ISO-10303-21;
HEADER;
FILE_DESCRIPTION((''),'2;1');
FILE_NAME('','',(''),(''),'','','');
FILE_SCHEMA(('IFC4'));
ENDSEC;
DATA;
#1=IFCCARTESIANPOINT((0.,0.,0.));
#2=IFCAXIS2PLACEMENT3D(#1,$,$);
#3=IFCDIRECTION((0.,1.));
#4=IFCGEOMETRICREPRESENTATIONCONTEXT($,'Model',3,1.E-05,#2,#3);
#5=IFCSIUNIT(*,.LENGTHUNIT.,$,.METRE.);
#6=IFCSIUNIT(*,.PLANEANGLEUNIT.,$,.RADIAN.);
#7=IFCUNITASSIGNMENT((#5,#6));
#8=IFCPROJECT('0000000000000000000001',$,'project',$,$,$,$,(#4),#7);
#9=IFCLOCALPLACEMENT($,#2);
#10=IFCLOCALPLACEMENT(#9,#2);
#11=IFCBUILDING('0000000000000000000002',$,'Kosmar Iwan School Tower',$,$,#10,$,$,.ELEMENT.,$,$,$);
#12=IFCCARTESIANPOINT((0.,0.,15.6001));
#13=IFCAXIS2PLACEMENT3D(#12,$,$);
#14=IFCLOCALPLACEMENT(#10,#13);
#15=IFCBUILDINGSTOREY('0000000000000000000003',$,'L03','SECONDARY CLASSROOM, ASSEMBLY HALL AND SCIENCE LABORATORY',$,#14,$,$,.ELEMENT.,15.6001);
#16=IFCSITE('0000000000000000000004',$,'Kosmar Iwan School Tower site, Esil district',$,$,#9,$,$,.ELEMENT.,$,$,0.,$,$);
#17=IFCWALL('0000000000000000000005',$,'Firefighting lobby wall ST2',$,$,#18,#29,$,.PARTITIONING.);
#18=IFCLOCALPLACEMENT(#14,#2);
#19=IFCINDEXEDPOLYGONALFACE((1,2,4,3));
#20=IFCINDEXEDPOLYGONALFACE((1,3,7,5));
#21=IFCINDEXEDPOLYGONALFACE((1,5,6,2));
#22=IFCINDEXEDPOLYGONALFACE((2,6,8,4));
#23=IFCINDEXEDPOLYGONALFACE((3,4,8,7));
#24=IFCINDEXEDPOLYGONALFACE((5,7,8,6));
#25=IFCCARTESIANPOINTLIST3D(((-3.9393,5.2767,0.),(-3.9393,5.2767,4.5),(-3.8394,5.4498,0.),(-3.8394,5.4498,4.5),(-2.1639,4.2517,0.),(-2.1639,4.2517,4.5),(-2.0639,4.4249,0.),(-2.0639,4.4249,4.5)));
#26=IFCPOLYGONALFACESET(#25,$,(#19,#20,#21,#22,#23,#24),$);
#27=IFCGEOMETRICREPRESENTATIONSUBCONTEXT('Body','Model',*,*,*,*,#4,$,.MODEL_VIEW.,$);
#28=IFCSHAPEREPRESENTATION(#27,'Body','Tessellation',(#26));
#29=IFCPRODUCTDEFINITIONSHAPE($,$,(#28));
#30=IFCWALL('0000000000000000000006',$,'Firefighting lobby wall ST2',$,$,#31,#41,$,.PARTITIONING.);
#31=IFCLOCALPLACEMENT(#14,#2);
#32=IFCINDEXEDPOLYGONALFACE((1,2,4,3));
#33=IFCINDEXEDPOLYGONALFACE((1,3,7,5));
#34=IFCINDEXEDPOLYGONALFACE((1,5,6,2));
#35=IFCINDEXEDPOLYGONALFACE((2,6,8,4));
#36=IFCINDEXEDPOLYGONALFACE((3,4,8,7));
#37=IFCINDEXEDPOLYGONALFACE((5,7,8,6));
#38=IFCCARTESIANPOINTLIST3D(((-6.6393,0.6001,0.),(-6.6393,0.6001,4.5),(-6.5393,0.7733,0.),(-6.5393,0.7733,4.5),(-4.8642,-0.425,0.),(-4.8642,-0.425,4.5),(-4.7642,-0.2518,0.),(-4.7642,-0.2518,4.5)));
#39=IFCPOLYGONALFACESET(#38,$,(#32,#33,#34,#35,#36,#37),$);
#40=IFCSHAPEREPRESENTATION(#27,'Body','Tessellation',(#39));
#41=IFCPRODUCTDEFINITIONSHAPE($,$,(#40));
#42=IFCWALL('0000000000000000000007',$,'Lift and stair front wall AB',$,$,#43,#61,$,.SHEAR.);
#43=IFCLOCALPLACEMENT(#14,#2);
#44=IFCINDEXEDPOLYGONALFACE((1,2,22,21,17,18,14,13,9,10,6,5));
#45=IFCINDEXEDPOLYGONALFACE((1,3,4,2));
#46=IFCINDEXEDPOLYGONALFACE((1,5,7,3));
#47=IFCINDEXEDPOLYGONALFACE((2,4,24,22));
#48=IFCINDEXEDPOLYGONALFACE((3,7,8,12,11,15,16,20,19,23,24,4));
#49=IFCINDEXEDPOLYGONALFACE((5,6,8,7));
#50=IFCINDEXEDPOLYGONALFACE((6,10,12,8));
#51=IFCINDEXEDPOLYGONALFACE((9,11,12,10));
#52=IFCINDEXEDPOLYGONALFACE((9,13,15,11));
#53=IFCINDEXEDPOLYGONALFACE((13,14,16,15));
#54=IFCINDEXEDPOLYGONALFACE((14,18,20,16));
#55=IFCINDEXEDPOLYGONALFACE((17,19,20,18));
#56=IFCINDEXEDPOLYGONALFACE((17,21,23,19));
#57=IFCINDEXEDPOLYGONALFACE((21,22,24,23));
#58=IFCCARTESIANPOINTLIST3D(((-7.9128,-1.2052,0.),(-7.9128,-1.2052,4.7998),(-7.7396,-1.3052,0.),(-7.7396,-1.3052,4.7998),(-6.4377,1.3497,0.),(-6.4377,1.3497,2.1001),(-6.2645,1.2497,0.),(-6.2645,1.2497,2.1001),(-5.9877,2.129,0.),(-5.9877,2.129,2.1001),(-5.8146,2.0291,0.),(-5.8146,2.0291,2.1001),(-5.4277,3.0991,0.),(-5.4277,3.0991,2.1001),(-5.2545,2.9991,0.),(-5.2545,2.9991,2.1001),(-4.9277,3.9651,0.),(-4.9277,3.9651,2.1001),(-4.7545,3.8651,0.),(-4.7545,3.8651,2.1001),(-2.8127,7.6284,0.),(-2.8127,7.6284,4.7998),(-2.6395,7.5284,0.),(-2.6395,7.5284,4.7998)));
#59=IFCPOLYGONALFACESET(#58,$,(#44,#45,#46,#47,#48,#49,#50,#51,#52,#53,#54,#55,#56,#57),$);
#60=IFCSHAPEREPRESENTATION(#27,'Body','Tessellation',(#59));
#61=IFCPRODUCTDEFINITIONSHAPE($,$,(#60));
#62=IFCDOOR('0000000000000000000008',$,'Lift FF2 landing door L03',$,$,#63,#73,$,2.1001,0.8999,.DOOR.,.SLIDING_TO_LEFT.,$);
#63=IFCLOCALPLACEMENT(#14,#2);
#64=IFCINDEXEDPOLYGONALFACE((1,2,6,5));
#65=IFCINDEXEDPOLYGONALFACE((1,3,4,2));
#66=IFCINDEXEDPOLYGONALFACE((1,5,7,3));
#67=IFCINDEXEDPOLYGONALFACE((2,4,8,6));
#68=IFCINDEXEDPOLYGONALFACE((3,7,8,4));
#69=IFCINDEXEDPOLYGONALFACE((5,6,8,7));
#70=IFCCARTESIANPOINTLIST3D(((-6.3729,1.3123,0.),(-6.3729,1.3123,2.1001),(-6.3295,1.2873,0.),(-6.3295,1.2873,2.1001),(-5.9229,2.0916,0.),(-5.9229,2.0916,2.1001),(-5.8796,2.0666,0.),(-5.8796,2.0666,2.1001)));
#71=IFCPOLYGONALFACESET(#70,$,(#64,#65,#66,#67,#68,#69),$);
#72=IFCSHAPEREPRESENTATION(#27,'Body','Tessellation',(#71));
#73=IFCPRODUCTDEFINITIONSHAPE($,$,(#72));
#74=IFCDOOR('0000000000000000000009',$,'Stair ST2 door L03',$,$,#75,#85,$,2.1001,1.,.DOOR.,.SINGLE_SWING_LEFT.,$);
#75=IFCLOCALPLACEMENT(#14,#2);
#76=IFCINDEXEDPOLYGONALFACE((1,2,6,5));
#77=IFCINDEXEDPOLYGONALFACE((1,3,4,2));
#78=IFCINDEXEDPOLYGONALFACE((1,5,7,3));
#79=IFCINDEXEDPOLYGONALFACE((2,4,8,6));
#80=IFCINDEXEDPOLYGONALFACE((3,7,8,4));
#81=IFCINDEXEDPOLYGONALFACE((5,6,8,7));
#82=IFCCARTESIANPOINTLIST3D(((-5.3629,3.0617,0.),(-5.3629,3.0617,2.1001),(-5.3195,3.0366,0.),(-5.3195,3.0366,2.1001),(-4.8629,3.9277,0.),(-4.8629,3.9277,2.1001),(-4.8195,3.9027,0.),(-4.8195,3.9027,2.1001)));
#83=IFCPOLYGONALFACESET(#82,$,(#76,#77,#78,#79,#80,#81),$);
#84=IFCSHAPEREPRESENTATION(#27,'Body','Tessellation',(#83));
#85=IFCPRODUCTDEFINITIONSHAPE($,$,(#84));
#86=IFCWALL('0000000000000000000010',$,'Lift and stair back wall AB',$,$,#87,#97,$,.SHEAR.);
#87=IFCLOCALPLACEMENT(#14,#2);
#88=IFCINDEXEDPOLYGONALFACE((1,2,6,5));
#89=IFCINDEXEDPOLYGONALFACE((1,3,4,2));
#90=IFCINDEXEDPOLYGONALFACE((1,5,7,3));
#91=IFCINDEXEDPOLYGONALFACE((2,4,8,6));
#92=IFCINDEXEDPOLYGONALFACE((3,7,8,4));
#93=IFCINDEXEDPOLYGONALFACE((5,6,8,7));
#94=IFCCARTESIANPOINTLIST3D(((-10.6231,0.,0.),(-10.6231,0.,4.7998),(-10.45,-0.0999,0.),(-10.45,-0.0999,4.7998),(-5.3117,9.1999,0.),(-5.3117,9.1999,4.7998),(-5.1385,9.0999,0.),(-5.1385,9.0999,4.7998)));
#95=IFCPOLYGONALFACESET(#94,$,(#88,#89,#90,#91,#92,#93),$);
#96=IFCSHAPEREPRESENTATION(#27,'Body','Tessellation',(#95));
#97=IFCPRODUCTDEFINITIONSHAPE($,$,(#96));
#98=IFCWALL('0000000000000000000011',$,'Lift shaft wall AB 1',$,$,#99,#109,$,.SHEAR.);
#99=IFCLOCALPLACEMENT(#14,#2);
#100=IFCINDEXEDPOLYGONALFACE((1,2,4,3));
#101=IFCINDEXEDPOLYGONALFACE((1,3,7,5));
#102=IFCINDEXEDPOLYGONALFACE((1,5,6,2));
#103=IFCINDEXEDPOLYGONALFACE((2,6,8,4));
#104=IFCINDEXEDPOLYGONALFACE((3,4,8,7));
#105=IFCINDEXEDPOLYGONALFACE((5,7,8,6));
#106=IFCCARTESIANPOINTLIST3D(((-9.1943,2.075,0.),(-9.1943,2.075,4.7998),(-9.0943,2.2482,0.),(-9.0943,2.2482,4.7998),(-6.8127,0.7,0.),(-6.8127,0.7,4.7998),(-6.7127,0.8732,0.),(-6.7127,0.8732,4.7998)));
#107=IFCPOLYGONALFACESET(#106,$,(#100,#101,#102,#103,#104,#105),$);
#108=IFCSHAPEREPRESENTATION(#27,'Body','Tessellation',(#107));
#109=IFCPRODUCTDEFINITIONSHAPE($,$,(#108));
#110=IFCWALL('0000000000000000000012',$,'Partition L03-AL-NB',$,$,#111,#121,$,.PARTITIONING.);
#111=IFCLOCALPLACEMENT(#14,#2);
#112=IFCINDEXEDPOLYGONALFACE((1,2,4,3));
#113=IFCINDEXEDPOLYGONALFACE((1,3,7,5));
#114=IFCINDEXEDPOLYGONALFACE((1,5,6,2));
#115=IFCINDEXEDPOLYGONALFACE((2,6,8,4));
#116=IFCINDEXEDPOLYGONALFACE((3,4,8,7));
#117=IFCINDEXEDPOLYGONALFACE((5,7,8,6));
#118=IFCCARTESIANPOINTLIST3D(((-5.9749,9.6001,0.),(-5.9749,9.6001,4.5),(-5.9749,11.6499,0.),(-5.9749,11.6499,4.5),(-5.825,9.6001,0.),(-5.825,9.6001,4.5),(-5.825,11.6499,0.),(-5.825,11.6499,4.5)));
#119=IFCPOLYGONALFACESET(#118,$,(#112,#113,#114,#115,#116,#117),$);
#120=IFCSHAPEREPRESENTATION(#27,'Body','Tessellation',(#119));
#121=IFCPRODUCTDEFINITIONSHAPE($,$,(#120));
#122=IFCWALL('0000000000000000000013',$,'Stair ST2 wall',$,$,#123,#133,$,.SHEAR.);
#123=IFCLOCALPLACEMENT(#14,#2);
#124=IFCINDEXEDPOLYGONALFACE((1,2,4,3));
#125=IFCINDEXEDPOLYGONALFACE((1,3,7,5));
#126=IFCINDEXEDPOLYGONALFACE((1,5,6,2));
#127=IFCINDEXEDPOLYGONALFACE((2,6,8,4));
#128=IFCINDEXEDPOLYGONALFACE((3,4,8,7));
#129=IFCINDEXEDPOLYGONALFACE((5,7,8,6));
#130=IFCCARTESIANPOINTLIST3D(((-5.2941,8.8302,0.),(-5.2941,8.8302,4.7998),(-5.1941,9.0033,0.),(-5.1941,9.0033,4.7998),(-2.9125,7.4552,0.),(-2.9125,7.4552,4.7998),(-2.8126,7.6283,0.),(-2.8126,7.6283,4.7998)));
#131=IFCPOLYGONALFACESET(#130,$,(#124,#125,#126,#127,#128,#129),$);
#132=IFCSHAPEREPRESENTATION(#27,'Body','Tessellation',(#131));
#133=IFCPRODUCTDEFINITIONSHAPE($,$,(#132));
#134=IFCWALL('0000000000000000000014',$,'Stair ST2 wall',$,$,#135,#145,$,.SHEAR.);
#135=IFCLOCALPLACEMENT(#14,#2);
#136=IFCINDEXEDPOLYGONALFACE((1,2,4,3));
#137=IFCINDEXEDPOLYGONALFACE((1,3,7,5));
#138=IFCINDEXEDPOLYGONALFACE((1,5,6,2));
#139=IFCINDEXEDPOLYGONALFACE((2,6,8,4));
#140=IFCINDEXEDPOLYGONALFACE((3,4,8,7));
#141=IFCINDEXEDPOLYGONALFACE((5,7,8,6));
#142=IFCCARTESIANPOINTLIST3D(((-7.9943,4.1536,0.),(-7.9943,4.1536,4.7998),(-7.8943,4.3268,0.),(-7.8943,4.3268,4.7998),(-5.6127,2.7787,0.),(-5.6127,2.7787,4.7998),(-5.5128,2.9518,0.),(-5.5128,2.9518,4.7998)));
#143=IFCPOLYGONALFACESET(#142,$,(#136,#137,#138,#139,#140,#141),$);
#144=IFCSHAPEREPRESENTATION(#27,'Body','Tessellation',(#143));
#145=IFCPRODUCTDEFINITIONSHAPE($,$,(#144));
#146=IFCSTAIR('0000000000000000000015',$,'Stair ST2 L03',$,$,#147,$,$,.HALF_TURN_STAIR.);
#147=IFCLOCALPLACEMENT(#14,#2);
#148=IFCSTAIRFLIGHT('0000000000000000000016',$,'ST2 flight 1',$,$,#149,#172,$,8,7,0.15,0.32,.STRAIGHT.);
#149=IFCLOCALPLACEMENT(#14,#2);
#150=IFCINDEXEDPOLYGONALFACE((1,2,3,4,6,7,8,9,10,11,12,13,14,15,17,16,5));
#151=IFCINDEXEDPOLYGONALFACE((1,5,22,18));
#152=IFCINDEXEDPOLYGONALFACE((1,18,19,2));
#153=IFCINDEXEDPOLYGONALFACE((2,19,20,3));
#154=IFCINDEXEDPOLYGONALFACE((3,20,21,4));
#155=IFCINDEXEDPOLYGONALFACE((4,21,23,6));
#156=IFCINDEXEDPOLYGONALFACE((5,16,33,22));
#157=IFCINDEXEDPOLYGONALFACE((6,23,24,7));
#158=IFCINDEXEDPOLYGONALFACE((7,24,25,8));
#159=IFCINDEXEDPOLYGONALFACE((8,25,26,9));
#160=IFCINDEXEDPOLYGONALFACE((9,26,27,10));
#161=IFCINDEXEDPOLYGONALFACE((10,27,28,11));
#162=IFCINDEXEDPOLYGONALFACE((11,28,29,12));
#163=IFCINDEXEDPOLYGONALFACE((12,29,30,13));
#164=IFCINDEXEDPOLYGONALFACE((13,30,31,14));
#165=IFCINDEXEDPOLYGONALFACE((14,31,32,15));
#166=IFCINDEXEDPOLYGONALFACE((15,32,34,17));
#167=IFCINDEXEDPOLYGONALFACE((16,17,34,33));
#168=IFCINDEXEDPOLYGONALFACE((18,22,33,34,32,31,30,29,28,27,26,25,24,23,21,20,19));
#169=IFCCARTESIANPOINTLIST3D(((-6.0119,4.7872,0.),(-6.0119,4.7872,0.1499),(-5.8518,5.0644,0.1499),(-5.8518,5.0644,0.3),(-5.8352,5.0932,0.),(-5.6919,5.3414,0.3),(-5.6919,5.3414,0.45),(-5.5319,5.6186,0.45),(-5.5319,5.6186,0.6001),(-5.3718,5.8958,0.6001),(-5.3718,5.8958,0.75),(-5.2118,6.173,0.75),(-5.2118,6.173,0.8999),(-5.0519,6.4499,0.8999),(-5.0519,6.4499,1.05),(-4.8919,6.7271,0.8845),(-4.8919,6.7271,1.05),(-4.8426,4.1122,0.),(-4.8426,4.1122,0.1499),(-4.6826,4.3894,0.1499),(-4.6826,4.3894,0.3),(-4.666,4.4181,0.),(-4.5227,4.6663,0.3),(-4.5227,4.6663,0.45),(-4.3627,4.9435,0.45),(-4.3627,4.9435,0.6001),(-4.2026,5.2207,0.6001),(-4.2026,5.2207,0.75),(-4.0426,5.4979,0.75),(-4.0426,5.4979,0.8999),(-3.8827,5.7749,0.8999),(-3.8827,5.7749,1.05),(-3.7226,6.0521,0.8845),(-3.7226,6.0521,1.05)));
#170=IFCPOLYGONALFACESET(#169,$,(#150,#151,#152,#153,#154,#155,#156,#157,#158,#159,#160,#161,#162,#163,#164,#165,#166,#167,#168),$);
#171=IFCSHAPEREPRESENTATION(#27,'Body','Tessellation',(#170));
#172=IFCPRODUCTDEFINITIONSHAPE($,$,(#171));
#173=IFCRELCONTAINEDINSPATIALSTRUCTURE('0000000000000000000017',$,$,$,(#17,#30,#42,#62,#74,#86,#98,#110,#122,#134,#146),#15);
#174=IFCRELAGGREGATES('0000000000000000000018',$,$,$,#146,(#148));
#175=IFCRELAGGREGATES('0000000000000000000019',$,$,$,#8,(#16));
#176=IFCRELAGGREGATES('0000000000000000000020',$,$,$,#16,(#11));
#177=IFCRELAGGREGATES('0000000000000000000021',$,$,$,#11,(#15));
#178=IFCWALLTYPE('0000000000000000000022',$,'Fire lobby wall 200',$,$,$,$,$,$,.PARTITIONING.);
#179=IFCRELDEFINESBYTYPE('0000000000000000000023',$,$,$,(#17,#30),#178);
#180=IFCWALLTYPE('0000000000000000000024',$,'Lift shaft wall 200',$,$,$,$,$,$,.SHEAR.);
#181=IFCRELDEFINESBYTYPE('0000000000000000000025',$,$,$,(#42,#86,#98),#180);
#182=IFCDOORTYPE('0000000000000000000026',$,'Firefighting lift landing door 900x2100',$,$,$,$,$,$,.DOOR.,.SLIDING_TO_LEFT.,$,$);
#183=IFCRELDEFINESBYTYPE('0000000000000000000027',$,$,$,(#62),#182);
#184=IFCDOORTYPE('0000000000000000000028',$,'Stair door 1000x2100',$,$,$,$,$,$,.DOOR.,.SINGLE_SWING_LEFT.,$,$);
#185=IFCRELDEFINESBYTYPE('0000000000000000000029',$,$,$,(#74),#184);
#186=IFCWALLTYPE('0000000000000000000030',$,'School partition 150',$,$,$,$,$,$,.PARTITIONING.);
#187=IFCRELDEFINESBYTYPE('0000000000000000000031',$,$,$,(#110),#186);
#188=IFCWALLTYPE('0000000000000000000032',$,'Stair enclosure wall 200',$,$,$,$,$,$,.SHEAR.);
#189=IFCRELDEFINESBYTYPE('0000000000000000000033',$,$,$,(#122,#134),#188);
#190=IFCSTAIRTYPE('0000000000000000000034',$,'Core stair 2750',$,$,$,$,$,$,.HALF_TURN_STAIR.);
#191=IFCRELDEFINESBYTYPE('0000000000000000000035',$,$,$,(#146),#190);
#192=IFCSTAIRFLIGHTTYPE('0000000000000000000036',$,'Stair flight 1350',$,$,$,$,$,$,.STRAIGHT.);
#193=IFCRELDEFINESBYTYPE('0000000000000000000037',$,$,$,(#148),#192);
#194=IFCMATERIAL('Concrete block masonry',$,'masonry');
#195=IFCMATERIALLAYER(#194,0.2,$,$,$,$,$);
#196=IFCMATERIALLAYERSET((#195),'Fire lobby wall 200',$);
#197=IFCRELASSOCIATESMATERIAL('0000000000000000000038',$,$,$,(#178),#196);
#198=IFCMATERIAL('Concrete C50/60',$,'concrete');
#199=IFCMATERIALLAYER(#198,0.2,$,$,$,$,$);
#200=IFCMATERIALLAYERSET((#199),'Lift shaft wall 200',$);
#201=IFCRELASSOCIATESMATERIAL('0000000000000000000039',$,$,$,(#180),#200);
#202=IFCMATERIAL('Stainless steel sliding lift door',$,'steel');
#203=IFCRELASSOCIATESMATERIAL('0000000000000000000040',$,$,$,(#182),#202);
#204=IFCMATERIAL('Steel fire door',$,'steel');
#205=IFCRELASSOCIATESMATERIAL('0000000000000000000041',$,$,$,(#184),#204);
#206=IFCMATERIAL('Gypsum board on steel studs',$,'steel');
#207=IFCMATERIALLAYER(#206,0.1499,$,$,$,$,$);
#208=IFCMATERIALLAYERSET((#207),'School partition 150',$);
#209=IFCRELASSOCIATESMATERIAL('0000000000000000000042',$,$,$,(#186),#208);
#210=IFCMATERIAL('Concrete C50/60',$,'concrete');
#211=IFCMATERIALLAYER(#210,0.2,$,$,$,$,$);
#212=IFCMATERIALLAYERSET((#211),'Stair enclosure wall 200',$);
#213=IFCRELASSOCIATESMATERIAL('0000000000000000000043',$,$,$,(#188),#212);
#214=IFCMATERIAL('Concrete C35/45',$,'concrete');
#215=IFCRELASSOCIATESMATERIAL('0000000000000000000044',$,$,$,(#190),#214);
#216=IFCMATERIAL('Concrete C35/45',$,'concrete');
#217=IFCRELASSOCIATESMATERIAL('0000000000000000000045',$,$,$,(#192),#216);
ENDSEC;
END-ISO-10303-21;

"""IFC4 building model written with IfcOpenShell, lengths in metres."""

from ifc_helpers import new_model, si_unit, direction, frame, frame_2d, origin, place, context, subcontext, project, spatial, polyline, rectangle, outline, extrude, material, layer, layer_set, type_object, element, fill, aggregate, save


model = new_model("IFC4")

# Units and contexts
model_context = context("Model", 3, precision=1e-05, world=origin(), true_north=direction((0.0, 1.0)))
body_context = subcontext(model_context, "Body", "Model", "MODEL_VIEW")
ifc_project = project(units=[si_unit("LENGTHUNIT", "METRE"), si_unit("PLANEANGLEUNIT", "RADIAN")], contexts=[model_context])

# Site, building, storey
site_placement = place(None, origin())
site = spatial("IfcSite", under=ifc_project, at=site_placement, Name="Kosmar Iwan School Tower site, Esil district", CompositionType="ELEMENT", RefElevation=0.0)
building_placement = place(site_placement, origin())
building = spatial("IfcBuilding", under=site, at=building_placement, Name="Kosmar Iwan School Tower", CompositionType="ELEMENT")
storey_placement = place(building_placement, frame((0.0, 0.0, 15.6001)))
storey = spatial("IfcBuildingStorey", under=building, at=storey_placement, Name="L03", Description="SECONDARY CLASSROOM, ASSEMBLY HALL AND SCIENCE LABORATORY", CompositionType="ELEMENT", Elevation=15.6001)

# Shared definitions
ifc_material_1 = material(Name="Concrete block masonry", Category="masonry")
ifc_layer_1 = layer(ifc_material_1, 0.2)
ifc_layer_set_1 = layer_set([ifc_layer_1], Name="Fire lobby wall 200")
wall_type_1 = type_object("IfcWallType", Name="Fire lobby wall 200", PredefinedType="PARTITIONING", material=ifc_layer_set_1)

# Walls
wall_1_placement = place(storey_placement, frame((-2.114, 4.3384, 0.0), z_axis=(0.0, 0.0, 1.0), x_axis=(-0.866051, 0.499956, 0.0)))
element("IfcWall", 1, at=wall_1_placement, inside=storey, type_object=wall_type_1, Name="Firefighting lobby wall ST2", PredefinedType="PARTITIONING", context=body_context, shape_type="SweptSolid", body=[
    extrude(rectangle(XDim=2.05, YDim=0.2, at=frame_2d((1.0249, 0.0))), origin(), (0.0, 0.0, 1.0), 4.5),
])
wall_2_placement = place(storey_placement, frame((-4.8142, -0.3384, 0.0), z_axis=(0.0, 0.0, 1.0), x_axis=(-0.865969, 0.500097, 0.0)))
element("IfcWall", 2, at=wall_2_placement, inside=storey, type_object=wall_type_1, Name="Firefighting lobby wall ST2", PredefinedType="PARTITIONING", context=body_context, shape_type="SweptSolid", body=[
    extrude(rectangle(XDim=2.0498, YDim=0.2, at=frame_2d((1.0249, 0.0))), origin(), (0.0, 0.0, 1.0), 4.5),
])

# Wall, openings, doors
ifc_material_2 = material(Name="Concrete C50/60", Category="concrete")
ifc_layer_2 = layer(ifc_material_2, 0.2)
ifc_layer_set_2 = layer_set([ifc_layer_2], Name="Lift shaft wall 200")
wall_type_2 = type_object("IfcWallType", Name="Lift shaft wall 200", PredefinedType="SHEAR", material=ifc_layer_set_2)
wall_3_placement = place(storey_placement, frame((-2.7261, 7.5784, 0.0), z_axis=(0.0, 0.0, 1.0), x_axis=(-0.500006, -0.866022, 0.0)))
wall_3 = element("IfcWall", 3, at=wall_3_placement, inside=storey, type_object=wall_type_2, Name="Lift and stair front wall AB", PredefinedType="SHEAR", context=body_context, shape_type="SweptSolid", body=[
    extrude(rectangle(XDim=10.2002, YDim=0.2, at=frame_2d((5.1001, 0.0))), origin(), (0.0, 0.0, 1.0), 4.7998),
])
opening_1_placement = place(wall_3_placement, frame((6.3501, 0.0, 0.0)))
opening_1 = element("IfcOpeningElement", 4, at=opening_1_placement, cuts=wall_3, PredefinedType="OPENING", context=body_context, shape_type="SweptSolid", body=[
    extrude(rectangle(XDim=0.8999, YDim=2.1001, at=frame_2d((0.45, 1.05))), frame((0.0, 0.1121, 0.0), z_axis=(0.0, -1.0, 0.0), x_axis=(1.0, 0.0, 0.0)), (0.0, 0.0, 1.0), 0.2239),
])
opening_2_placement = place(wall_3_placement, frame((4.23, 0.0, 0.0)))
opening_2 = element("IfcOpeningElement", 5, at=opening_2_placement, cuts=wall_3, PredefinedType="OPENING", context=body_context, shape_type="SweptSolid", body=[
    extrude(rectangle(XDim=1.0, YDim=2.1001, at=frame_2d((0.5, 1.05))), frame((0.0, 0.1121, 0.0), z_axis=(0.0, -1.0, 0.0), x_axis=(1.0, 0.0, 0.0)), (0.0, 0.0, 1.0), 0.2239),
])
ifc_material_3 = material(Name="Stainless steel sliding lift door", Category="steel")
door_type_1 = type_object("IfcDoorType", Name="Firefighting lift landing door 900x2100", OperationType="SLIDING_TO_LEFT", PredefinedType="DOOR", material=ifc_material_3)
door_1_placement = place(opening_1_placement, origin())
door_1 = element("IfcDoor", 6, at=door_1_placement, inside=storey, type_object=door_type_1, Name="Lift FF2 landing door L03", OperationType="SLIDING_TO_LEFT", OverallHeight=2.1001, OverallWidth=0.8999, PredefinedType="DOOR", context=body_context, shape_type="SweptSolid", body=[
    extrude(rectangle(XDim=0.8999, YDim=2.1001, at=frame_2d((0.45, 1.05))), frame((0.0, 0.0249, 0.0), z_axis=(0.0, -1.0, 0.0), x_axis=(1.0, 0.0, 0.0)), (0.0, 0.0, 1.0), 0.05),
])
fill(opening_1, door_1)
ifc_material_4 = material(Name="Steel fire door", Category="steel")
door_type_2 = type_object("IfcDoorType", Name="Stair door 1000x2100", OperationType="SINGLE_SWING_LEFT", PredefinedType="DOOR", material=ifc_material_4)
door_2_placement = place(opening_2_placement, origin())
door_2 = element("IfcDoor", 7, at=door_2_placement, inside=storey, type_object=door_type_2, Name="Stair ST2 door L03", OperationType="SINGLE_SWING_LEFT", OverallHeight=2.1001, OverallWidth=1.0, PredefinedType="DOOR", context=body_context, shape_type="SweptSolid", body=[
    extrude(rectangle(XDim=1.0, YDim=2.1001, at=frame_2d((0.5, 1.05))), frame((0.0, 0.0249, 0.0), z_axis=(0.0, -1.0, 0.0), x_axis=(1.0, 0.0, 0.0)), (0.0, 0.0, 1.0), 0.05),
])
fill(opening_2, door_2)

# Walls
wall_4_placement = place(storey_placement, frame((-5.2251, 9.1499, 0.0), z_axis=(0.0, 0.0, 1.0), x_axis=(-0.499995, -0.866028, 0.0)))
element("IfcWall", 8, at=wall_4_placement, inside=storey, type_object=wall_type_2, Name="Lift and stair back wall AB", PredefinedType="SHEAR", context=body_context, shape_type="SweptSolid", body=[
    extrude(rectangle(XDim=10.623, YDim=0.2, at=frame_2d((5.3115, 0.0))), origin(), (0.0, 0.0, 1.0), 4.7998),
])
wall_5_placement = place(storey_placement, frame((-6.7627, 0.7866, 0.0), z_axis=(0.0, 0.0, 1.0), x_axis=(-0.866027, 0.499997, 0.0)))
element("IfcWall", 9, at=wall_5_placement, inside=storey, type_object=wall_type_2, Name="Lift shaft wall AB 1", PredefinedType="SHEAR", context=body_context, shape_type="SweptSolid", body=[
    extrude(rectangle(XDim=2.75, YDim=0.2, at=frame_2d((1.375, 0.0))), origin(), (0.0, 0.0, 1.0), 4.7998),
])
ifc_material_5 = material(Name="Gypsum board on steel studs", Category="steel")
ifc_layer_3 = layer(ifc_material_5, 0.1499)
ifc_layer_set_3 = layer_set([ifc_layer_3], Name="School partition 150")
wall_type_3 = type_object("IfcWallType", Name="School partition 150", PredefinedType="PARTITIONING", material=ifc_layer_set_3)
wall_6_placement = place(storey_placement, frame((-5.8999, 9.6001, 0.0), z_axis=(0.0, 0.0, 1.0), x_axis=(0.0, 1.0, 0.0)))
element("IfcWall", 10, at=wall_6_placement, inside=storey, type_object=wall_type_3, Name="Partition L03-AL-NB", PredefinedType="PARTITIONING", context=body_context, shape_type="SweptSolid", body=[
    extrude(rectangle(XDim=2.0498, YDim=0.1499, at=frame_2d((1.0249, 0.0))), origin(), (0.0, 0.0, 1.0), 4.5),
])
ifc_material_6 = material(Name="Concrete C50/60", Category="concrete")
ifc_layer_4 = layer(ifc_material_6, 0.2)
ifc_layer_set_4 = layer_set([ifc_layer_4], Name="Stair enclosure wall 200")
wall_type_4 = type_object("IfcWallType", Name="Stair enclosure wall 200", PredefinedType="SHEAR", material=ifc_layer_set_4)
for number, where, z_axis, x_axis, name in (
    (11, (-2.8625, 7.5417, 0.0), (0.0, 0.0, 1.0), (-0.866027, 0.499997, 0.0), "Stair ST2 wall"),
    (12, (-5.5627, 2.8652, 0.0), (0.0, 0.0, 1.0), (-0.866027, 0.499997, 0.0), "Stair ST2 wall"),
):
    element("IfcWall", number, at=place(storey_placement, frame(where, z_axis=z_axis, x_axis=x_axis)), inside=storey, type_object=wall_type_4, Name=name, PredefinedType="SHEAR", context=body_context, shape_type="SweptSolid", body=[
        extrude(rectangle(XDim=2.75, YDim=0.2, at=frame_2d((1.375, 0.0))), origin(), (0.0, 0.0, 1.0), 4.7998),
    ])

# Stair, stair flight
ifc_material_7 = material(Name="Concrete C35/45", Category="concrete")
stair_type = type_object("IfcStairType", Name="Core stair 2750", PredefinedType="HALF_TURN_STAIR", material=ifc_material_7)
stair_placement = place(storey_placement, origin())
stair = element("IfcStair", 13, at=stair_placement, inside=storey, type_object=stair_type, Name="Stair ST2 L03", PredefinedType="HALF_TURN_STAIR")
ifc_material_8 = material(Name="Concrete C35/45", Category="concrete")
stair_flight_type = type_object("IfcStairFlightType", Name="Stair flight 1350", PredefinedType="STRAIGHT", material=ifc_material_8)
stair_flight_1_placement = place(storey_placement, frame((-5.4272, 4.4497, 0.0), z_axis=(0.0, 0.0, 1.0), x_axis=(0.5, 0.866025, 0.0)))
stair_flight_1 = element("IfcStairFlight", 14, at=stair_flight_1_placement, type_object=stair_flight_type, Name="ST2 flight 1", NumberOfRisers=8, NumberOfTreads=7, PredefinedType="STRAIGHT", RiserHeight=0.15, TreadLength=0.32, context=body_context, shape_type="SweptSolid", body=[
    extrude(outline(polyline([(0.0, 0.0), (0.0, 0.1499), (0.3201, 0.1499), (0.3201, 0.3), (0.6399, 0.3), (0.6399, 0.45), (0.96, 0.45), (0.96, 0.6001), (1.28, 0.6001), (1.28, 0.75), (1.6001, 0.75), (1.6001, 0.8999), (1.9199, 0.8999), (1.9199, 1.05), (2.24, 1.05), (2.24, 1.2), (2.24, 0.8845), (0.3533, 0.0), (0.0, 0.0)])), frame((0.0, 0.675, 0.0), z_axis=(0.0, -1.0, 0.0), x_axis=(1.0, 0.0, 0.0)), (0.0, 0.0, 1.0), 1.3501),
])
aggregate(stair, [stair_flight_1])

save(model, "model.ifc")
